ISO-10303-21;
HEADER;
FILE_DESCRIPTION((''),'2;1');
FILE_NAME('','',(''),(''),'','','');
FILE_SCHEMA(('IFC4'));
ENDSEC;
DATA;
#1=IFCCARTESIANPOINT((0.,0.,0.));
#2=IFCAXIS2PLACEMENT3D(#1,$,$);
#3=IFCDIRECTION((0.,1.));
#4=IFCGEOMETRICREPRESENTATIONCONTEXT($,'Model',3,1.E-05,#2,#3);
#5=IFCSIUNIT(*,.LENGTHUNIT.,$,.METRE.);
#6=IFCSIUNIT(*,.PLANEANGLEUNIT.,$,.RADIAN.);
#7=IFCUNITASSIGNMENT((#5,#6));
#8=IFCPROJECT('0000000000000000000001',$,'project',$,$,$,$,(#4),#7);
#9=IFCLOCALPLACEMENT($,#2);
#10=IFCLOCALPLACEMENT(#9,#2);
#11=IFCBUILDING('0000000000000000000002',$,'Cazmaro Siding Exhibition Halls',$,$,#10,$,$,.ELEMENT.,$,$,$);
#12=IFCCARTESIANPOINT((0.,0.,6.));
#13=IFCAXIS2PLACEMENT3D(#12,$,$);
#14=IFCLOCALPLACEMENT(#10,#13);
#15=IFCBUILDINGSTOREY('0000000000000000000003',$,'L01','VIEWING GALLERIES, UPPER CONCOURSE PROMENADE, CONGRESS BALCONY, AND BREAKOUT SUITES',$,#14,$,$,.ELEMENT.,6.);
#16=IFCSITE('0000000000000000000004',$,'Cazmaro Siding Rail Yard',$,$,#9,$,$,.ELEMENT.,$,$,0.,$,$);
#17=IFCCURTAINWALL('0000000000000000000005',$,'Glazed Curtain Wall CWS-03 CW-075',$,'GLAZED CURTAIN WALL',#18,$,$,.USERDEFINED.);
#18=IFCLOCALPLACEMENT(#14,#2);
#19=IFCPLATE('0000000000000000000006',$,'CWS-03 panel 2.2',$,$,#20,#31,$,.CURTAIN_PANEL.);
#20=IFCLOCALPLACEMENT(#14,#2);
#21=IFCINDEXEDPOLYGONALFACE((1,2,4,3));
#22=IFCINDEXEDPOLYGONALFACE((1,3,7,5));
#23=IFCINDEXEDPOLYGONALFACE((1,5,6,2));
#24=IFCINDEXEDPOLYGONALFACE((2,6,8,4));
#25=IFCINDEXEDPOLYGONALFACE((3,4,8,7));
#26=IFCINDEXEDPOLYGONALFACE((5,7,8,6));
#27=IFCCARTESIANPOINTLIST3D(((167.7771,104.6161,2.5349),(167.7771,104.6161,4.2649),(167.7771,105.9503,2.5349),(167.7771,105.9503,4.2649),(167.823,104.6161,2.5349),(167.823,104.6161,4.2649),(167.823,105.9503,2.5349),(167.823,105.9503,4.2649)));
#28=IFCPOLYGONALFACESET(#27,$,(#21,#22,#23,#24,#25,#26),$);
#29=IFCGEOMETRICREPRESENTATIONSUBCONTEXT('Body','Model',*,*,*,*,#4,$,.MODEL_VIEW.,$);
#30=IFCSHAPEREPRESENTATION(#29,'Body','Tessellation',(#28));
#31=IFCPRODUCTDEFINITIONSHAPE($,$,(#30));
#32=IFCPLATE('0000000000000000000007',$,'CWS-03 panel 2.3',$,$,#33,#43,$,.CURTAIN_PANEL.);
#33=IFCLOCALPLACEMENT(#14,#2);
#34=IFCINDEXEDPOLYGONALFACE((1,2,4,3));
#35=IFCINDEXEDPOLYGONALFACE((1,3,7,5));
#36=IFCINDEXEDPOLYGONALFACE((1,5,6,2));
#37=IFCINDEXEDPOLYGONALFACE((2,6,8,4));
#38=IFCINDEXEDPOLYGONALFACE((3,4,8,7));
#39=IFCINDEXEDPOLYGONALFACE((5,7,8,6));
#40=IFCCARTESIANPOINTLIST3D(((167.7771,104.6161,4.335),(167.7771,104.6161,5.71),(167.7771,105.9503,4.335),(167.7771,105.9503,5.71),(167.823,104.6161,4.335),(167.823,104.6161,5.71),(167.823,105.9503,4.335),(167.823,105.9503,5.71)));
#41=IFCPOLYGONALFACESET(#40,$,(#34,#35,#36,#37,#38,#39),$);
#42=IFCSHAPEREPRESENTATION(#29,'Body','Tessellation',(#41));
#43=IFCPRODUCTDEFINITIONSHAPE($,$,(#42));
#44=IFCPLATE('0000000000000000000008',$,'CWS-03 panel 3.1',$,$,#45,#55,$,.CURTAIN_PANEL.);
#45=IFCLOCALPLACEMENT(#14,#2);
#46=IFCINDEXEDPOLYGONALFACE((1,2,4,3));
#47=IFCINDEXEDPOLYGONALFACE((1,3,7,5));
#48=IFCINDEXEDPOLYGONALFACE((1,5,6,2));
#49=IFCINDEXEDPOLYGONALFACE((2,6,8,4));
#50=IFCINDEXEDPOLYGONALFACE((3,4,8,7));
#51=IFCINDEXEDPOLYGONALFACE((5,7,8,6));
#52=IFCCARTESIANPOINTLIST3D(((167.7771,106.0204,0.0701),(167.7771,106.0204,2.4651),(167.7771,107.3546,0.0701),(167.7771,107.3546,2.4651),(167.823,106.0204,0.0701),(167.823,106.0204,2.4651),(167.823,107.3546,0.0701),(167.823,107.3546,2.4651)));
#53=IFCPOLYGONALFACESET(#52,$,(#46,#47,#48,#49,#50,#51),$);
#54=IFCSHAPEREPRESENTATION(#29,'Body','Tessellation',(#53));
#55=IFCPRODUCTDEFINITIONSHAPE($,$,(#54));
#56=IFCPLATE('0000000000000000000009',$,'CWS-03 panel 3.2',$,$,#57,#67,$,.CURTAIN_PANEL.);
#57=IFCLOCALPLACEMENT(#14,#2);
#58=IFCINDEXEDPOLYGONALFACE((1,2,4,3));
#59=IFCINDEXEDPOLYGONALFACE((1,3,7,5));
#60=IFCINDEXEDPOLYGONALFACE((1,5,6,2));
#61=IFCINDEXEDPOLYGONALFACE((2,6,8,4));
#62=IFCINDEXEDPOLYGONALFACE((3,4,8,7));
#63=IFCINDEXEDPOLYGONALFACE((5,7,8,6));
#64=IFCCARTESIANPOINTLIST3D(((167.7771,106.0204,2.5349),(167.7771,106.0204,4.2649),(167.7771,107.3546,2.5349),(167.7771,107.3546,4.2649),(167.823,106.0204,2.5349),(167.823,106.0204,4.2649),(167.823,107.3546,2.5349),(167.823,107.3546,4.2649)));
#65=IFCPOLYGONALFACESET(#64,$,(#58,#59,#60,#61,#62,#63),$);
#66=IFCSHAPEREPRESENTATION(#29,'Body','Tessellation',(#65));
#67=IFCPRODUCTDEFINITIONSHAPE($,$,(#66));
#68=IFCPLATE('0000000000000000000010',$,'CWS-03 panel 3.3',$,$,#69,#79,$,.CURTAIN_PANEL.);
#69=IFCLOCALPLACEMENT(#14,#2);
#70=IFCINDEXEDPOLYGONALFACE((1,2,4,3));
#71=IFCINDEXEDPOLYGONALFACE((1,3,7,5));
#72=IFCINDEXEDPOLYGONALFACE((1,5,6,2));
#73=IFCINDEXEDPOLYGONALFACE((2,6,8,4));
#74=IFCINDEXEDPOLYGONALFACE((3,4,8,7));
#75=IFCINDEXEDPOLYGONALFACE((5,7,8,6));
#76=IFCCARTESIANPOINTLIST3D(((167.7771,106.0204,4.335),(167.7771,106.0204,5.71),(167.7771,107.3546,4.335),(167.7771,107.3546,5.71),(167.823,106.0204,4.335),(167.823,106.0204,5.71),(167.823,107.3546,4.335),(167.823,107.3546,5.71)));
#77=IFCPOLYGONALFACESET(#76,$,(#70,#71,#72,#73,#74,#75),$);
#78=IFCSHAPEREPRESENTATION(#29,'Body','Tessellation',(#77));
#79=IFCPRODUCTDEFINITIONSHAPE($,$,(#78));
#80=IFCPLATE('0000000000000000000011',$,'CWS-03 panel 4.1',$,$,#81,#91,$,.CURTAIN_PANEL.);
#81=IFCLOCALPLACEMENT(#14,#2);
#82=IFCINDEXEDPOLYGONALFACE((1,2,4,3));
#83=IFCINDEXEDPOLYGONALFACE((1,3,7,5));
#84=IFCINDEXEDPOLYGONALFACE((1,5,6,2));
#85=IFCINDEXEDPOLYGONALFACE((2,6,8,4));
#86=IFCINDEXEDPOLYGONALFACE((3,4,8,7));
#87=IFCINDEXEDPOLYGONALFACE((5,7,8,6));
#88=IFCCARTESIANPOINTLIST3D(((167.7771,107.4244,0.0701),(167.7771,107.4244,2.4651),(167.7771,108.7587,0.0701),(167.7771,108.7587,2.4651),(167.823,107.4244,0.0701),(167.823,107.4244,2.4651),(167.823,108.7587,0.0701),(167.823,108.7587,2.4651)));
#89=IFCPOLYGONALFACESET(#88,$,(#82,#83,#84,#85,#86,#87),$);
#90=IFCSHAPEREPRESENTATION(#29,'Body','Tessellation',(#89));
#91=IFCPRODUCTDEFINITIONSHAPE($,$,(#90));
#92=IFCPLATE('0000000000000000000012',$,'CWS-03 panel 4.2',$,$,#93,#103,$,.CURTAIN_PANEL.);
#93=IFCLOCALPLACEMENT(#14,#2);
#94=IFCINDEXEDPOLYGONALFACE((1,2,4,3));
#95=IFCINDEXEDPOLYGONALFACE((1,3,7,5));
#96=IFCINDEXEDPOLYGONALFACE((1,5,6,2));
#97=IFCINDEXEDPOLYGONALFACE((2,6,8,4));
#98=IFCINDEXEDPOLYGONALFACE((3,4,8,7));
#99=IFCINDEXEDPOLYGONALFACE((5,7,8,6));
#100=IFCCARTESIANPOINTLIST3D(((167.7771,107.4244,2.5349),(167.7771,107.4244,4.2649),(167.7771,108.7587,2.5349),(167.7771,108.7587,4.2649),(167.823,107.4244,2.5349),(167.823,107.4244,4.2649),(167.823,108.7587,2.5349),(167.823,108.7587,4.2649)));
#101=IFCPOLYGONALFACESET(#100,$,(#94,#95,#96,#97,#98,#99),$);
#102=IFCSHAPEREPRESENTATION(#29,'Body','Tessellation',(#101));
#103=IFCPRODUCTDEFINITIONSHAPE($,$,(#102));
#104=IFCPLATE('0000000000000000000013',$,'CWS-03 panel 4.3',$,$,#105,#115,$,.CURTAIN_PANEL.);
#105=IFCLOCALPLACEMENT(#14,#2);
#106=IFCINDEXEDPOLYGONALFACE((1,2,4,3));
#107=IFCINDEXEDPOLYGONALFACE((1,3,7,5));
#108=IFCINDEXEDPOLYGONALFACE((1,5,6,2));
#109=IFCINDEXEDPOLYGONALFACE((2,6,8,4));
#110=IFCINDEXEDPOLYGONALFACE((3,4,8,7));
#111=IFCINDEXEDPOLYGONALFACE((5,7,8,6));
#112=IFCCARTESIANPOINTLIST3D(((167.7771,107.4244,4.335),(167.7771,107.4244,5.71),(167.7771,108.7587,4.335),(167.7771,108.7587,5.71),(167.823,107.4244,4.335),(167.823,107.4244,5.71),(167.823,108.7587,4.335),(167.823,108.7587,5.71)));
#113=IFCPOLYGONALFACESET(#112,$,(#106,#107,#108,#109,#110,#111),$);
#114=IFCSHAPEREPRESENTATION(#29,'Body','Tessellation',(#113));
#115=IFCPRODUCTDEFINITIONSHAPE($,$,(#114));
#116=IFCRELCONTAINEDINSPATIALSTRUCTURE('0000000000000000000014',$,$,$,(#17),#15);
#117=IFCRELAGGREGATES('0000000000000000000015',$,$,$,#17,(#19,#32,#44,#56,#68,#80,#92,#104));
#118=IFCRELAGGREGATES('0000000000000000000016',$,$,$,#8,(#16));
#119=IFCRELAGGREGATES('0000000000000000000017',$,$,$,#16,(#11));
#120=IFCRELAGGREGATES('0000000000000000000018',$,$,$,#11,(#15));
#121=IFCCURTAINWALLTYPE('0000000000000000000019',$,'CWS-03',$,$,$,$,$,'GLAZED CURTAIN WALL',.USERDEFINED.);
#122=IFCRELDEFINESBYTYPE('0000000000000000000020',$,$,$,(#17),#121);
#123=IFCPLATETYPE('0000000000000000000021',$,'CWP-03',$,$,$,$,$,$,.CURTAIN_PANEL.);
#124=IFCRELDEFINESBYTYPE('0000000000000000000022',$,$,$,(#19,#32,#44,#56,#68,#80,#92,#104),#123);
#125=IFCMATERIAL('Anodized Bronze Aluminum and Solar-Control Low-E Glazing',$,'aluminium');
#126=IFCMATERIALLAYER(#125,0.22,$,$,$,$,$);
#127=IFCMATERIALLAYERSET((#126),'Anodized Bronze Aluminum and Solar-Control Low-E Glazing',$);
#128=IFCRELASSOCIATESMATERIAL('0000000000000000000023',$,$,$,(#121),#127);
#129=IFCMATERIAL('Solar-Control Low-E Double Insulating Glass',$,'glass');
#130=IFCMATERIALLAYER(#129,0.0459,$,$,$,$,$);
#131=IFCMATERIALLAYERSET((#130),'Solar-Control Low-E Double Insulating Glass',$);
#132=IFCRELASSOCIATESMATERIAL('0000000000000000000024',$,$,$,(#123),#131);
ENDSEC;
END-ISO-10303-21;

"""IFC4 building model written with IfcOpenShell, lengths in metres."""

from ifc_helpers import new_model, si_unit, direction, frame, origin, origin_2d, place, context, subcontext, project, spatial, rectangle, extrude, material, layer, layer_set, type_object, element, aggregate, save


model = new_model("IFC4")

# Units and contexts
model_context = context("Model", 3, precision=1e-05, world=origin(), true_north=direction((0.0, 1.0)))
body_context = subcontext(model_context, "Body", "Model", "MODEL_VIEW")
ifc_project = project(units=[si_unit("LENGTHUNIT", "METRE"), si_unit("PLANEANGLEUNIT", "RADIAN")], contexts=[model_context])

# Site, building, storey
site_placement = place(None, origin())
site = spatial("IfcSite", under=ifc_project, at=site_placement, Name="Cazmaro Siding Rail Yard", CompositionType="ELEMENT", RefElevation=0.0)
building_placement = place(site_placement, origin())
building = spatial("IfcBuilding", under=site, at=building_placement, Name="Cazmaro Siding Exhibition Halls", CompositionType="ELEMENT")
storey_placement = place(building_placement, frame((0.0, 0.0, 6.0)))
storey = spatial("IfcBuildingStorey", under=building, at=storey_placement, Name="L01", Description="VIEWING GALLERIES, UPPER CONCOURSE PROMENADE, CONGRESS BALCONY, AND BREAKOUT SUITES", CompositionType="ELEMENT", Elevation=6.0)

# Curtain wall, plates
ifc_material_1 = material(Name="Anodized Bronze Aluminum and Solar-Control Low-E Glazing", Category="aluminium")
ifc_layer_1 = layer(ifc_material_1, 0.22)
ifc_layer_set_1 = layer_set([ifc_layer_1], Name="Anodized Bronze Aluminum and Solar-Control Low-E Glazing")
curtain_wall_type = type_object("IfcCurtainWallType", Name="CWS-03", ElementType="GLAZED CURTAIN WALL", PredefinedType="USERDEFINED", material=ifc_layer_set_1)
curtain_wall_placement = place(storey_placement, origin())
curtain_wall = element("IfcCurtainWall", 1, at=curtain_wall_placement, inside=storey, type_object=curtain_wall_type, Name="Glazed Curtain Wall CWS-03 CW-075", ObjectType="GLAZED CURTAIN WALL", PredefinedType="USERDEFINED")
ifc_material_2 = material(Name="Solar-Control Low-E Double Insulating Glass", Category="glass")
ifc_layer_2 = layer(ifc_material_2, 0.0459)
ifc_layer_set_2 = layer_set([ifc_layer_2], Name="Solar-Control Low-E Double Insulating Glass")
plate_type = type_object("IfcPlateType", Name="CWP-03", PredefinedType="CURTAIN_PANEL", material=ifc_layer_set_2)
plate_1_placement = place(storey_placement, frame((167.8, 105.2832, 2.5349), z_axis=(0.0, 0.0, 1.0), x_axis=(0.0, 1.0, 0.0)))
plate_1 = element("IfcPlate", 2, at=plate_1_placement, type_object=plate_type, Name="CWS-03 panel 2.2", PredefinedType="CURTAIN_PANEL", context=body_context, shape_type="SweptSolid", body=[
    extrude(rectangle(XDim=1.3342, YDim=0.0459, at=origin_2d()), origin(), (0.0, 0.0, 1.0), 1.73),
])
plate_2_placement = place(storey_placement, frame((167.8, 105.2832, 4.335), z_axis=(0.0, 0.0, 1.0), x_axis=(0.0, 1.0, 0.0)))
plate_2 = element("IfcPlate", 3, at=plate_2_placement, type_object=plate_type, Name="CWS-03 panel 2.3", PredefinedType="CURTAIN_PANEL", context=body_context, shape_type="SweptSolid", body=[
    extrude(rectangle(XDim=1.3342, YDim=0.0459, at=origin_2d()), origin(), (0.0, 0.0, 1.0), 1.375),
])
plate_3_placement = place(storey_placement, frame((167.8, 106.6875, 0.0701), z_axis=(0.0, 0.0, 1.0), x_axis=(0.0, 1.0, 0.0)))
plate_3 = element("IfcPlate", 4, at=plate_3_placement, type_object=plate_type, Name="CWS-03 panel 3.1", PredefinedType="CURTAIN_PANEL", context=body_context, shape_type="SweptSolid", body=[
    extrude(rectangle(XDim=1.3342, YDim=0.0459, at=origin_2d()), origin(), (0.0, 0.0, 1.0), 2.395),
])
plate_4_placement = place(storey_placement, frame((167.8, 106.6875, 2.5349), z_axis=(0.0, 0.0, 1.0), x_axis=(0.0, 1.0, 0.0)))
plate_4 = element("IfcPlate", 5, at=plate_4_placement, type_object=plate_type, Name="CWS-03 panel 3.2", PredefinedType="CURTAIN_PANEL", context=body_context, shape_type="SweptSolid", body=[
    extrude(rectangle(XDim=1.3342, YDim=0.0459, at=origin_2d()), origin(), (0.0, 0.0, 1.0), 1.73),
])
plate_5_placement = place(storey_placement, frame((167.8, 106.6875, 4.335), z_axis=(0.0, 0.0, 1.0), x_axis=(0.0, 1.0, 0.0)))
plate_5 = element("IfcPlate", 6, at=plate_5_placement, type_object=plate_type, Name="CWS-03 panel 3.3", PredefinedType="CURTAIN_PANEL", context=body_context, shape_type="SweptSolid", body=[
    extrude(rectangle(XDim=1.3342, YDim=0.0459, at=origin_2d()), origin(), (0.0, 0.0, 1.0), 1.375),
])
plate_6_placement = place(storey_placement, frame((167.8, 108.0916, 0.0701), z_axis=(0.0, 0.0, 1.0), x_axis=(0.0, 1.0, 0.0)))
plate_6 = element("IfcPlate", 7, at=plate_6_placement, type_object=plate_type, Name="CWS-03 panel 4.1", PredefinedType="CURTAIN_PANEL", context=body_context, shape_type="SweptSolid", body=[
    extrude(rectangle(XDim=1.3342, YDim=0.0459, at=origin_2d()), origin(), (0.0, 0.0, 1.0), 2.395),
])
plate_7_placement = place(storey_placement, frame((167.8, 108.0916, 2.5349), z_axis=(0.0, 0.0, 1.0), x_axis=(0.0, 1.0, 0.0)))
plate_7 = element("IfcPlate", 8, at=plate_7_placement, type_object=plate_type, Name="CWS-03 panel 4.2", PredefinedType="CURTAIN_PANEL", context=body_context, shape_type="SweptSolid", body=[
    extrude(rectangle(XDim=1.3342, YDim=0.0459, at=origin_2d()), origin(), (0.0, 0.0, 1.0), 1.73),
])
plate_8_placement = place(storey_placement, frame((167.8, 108.0916, 4.335), z_axis=(0.0, 0.0, 1.0), x_axis=(0.0, 1.0, 0.0)))
plate_8 = element("IfcPlate", 9, at=plate_8_placement, type_object=plate_type, Name="CWS-03 panel 4.3", PredefinedType="CURTAIN_PANEL", context=body_context, shape_type="SweptSolid", body=[
    extrude(rectangle(XDim=1.3342, YDim=0.0459, at=origin_2d()), origin(), (0.0, 0.0, 1.0), 1.375),
])
aggregate(curtain_wall, [plate_1, plate_2, plate_3, plate_4, plate_5, plate_6, plate_7, plate_8])

save(model, "model.ifc")
